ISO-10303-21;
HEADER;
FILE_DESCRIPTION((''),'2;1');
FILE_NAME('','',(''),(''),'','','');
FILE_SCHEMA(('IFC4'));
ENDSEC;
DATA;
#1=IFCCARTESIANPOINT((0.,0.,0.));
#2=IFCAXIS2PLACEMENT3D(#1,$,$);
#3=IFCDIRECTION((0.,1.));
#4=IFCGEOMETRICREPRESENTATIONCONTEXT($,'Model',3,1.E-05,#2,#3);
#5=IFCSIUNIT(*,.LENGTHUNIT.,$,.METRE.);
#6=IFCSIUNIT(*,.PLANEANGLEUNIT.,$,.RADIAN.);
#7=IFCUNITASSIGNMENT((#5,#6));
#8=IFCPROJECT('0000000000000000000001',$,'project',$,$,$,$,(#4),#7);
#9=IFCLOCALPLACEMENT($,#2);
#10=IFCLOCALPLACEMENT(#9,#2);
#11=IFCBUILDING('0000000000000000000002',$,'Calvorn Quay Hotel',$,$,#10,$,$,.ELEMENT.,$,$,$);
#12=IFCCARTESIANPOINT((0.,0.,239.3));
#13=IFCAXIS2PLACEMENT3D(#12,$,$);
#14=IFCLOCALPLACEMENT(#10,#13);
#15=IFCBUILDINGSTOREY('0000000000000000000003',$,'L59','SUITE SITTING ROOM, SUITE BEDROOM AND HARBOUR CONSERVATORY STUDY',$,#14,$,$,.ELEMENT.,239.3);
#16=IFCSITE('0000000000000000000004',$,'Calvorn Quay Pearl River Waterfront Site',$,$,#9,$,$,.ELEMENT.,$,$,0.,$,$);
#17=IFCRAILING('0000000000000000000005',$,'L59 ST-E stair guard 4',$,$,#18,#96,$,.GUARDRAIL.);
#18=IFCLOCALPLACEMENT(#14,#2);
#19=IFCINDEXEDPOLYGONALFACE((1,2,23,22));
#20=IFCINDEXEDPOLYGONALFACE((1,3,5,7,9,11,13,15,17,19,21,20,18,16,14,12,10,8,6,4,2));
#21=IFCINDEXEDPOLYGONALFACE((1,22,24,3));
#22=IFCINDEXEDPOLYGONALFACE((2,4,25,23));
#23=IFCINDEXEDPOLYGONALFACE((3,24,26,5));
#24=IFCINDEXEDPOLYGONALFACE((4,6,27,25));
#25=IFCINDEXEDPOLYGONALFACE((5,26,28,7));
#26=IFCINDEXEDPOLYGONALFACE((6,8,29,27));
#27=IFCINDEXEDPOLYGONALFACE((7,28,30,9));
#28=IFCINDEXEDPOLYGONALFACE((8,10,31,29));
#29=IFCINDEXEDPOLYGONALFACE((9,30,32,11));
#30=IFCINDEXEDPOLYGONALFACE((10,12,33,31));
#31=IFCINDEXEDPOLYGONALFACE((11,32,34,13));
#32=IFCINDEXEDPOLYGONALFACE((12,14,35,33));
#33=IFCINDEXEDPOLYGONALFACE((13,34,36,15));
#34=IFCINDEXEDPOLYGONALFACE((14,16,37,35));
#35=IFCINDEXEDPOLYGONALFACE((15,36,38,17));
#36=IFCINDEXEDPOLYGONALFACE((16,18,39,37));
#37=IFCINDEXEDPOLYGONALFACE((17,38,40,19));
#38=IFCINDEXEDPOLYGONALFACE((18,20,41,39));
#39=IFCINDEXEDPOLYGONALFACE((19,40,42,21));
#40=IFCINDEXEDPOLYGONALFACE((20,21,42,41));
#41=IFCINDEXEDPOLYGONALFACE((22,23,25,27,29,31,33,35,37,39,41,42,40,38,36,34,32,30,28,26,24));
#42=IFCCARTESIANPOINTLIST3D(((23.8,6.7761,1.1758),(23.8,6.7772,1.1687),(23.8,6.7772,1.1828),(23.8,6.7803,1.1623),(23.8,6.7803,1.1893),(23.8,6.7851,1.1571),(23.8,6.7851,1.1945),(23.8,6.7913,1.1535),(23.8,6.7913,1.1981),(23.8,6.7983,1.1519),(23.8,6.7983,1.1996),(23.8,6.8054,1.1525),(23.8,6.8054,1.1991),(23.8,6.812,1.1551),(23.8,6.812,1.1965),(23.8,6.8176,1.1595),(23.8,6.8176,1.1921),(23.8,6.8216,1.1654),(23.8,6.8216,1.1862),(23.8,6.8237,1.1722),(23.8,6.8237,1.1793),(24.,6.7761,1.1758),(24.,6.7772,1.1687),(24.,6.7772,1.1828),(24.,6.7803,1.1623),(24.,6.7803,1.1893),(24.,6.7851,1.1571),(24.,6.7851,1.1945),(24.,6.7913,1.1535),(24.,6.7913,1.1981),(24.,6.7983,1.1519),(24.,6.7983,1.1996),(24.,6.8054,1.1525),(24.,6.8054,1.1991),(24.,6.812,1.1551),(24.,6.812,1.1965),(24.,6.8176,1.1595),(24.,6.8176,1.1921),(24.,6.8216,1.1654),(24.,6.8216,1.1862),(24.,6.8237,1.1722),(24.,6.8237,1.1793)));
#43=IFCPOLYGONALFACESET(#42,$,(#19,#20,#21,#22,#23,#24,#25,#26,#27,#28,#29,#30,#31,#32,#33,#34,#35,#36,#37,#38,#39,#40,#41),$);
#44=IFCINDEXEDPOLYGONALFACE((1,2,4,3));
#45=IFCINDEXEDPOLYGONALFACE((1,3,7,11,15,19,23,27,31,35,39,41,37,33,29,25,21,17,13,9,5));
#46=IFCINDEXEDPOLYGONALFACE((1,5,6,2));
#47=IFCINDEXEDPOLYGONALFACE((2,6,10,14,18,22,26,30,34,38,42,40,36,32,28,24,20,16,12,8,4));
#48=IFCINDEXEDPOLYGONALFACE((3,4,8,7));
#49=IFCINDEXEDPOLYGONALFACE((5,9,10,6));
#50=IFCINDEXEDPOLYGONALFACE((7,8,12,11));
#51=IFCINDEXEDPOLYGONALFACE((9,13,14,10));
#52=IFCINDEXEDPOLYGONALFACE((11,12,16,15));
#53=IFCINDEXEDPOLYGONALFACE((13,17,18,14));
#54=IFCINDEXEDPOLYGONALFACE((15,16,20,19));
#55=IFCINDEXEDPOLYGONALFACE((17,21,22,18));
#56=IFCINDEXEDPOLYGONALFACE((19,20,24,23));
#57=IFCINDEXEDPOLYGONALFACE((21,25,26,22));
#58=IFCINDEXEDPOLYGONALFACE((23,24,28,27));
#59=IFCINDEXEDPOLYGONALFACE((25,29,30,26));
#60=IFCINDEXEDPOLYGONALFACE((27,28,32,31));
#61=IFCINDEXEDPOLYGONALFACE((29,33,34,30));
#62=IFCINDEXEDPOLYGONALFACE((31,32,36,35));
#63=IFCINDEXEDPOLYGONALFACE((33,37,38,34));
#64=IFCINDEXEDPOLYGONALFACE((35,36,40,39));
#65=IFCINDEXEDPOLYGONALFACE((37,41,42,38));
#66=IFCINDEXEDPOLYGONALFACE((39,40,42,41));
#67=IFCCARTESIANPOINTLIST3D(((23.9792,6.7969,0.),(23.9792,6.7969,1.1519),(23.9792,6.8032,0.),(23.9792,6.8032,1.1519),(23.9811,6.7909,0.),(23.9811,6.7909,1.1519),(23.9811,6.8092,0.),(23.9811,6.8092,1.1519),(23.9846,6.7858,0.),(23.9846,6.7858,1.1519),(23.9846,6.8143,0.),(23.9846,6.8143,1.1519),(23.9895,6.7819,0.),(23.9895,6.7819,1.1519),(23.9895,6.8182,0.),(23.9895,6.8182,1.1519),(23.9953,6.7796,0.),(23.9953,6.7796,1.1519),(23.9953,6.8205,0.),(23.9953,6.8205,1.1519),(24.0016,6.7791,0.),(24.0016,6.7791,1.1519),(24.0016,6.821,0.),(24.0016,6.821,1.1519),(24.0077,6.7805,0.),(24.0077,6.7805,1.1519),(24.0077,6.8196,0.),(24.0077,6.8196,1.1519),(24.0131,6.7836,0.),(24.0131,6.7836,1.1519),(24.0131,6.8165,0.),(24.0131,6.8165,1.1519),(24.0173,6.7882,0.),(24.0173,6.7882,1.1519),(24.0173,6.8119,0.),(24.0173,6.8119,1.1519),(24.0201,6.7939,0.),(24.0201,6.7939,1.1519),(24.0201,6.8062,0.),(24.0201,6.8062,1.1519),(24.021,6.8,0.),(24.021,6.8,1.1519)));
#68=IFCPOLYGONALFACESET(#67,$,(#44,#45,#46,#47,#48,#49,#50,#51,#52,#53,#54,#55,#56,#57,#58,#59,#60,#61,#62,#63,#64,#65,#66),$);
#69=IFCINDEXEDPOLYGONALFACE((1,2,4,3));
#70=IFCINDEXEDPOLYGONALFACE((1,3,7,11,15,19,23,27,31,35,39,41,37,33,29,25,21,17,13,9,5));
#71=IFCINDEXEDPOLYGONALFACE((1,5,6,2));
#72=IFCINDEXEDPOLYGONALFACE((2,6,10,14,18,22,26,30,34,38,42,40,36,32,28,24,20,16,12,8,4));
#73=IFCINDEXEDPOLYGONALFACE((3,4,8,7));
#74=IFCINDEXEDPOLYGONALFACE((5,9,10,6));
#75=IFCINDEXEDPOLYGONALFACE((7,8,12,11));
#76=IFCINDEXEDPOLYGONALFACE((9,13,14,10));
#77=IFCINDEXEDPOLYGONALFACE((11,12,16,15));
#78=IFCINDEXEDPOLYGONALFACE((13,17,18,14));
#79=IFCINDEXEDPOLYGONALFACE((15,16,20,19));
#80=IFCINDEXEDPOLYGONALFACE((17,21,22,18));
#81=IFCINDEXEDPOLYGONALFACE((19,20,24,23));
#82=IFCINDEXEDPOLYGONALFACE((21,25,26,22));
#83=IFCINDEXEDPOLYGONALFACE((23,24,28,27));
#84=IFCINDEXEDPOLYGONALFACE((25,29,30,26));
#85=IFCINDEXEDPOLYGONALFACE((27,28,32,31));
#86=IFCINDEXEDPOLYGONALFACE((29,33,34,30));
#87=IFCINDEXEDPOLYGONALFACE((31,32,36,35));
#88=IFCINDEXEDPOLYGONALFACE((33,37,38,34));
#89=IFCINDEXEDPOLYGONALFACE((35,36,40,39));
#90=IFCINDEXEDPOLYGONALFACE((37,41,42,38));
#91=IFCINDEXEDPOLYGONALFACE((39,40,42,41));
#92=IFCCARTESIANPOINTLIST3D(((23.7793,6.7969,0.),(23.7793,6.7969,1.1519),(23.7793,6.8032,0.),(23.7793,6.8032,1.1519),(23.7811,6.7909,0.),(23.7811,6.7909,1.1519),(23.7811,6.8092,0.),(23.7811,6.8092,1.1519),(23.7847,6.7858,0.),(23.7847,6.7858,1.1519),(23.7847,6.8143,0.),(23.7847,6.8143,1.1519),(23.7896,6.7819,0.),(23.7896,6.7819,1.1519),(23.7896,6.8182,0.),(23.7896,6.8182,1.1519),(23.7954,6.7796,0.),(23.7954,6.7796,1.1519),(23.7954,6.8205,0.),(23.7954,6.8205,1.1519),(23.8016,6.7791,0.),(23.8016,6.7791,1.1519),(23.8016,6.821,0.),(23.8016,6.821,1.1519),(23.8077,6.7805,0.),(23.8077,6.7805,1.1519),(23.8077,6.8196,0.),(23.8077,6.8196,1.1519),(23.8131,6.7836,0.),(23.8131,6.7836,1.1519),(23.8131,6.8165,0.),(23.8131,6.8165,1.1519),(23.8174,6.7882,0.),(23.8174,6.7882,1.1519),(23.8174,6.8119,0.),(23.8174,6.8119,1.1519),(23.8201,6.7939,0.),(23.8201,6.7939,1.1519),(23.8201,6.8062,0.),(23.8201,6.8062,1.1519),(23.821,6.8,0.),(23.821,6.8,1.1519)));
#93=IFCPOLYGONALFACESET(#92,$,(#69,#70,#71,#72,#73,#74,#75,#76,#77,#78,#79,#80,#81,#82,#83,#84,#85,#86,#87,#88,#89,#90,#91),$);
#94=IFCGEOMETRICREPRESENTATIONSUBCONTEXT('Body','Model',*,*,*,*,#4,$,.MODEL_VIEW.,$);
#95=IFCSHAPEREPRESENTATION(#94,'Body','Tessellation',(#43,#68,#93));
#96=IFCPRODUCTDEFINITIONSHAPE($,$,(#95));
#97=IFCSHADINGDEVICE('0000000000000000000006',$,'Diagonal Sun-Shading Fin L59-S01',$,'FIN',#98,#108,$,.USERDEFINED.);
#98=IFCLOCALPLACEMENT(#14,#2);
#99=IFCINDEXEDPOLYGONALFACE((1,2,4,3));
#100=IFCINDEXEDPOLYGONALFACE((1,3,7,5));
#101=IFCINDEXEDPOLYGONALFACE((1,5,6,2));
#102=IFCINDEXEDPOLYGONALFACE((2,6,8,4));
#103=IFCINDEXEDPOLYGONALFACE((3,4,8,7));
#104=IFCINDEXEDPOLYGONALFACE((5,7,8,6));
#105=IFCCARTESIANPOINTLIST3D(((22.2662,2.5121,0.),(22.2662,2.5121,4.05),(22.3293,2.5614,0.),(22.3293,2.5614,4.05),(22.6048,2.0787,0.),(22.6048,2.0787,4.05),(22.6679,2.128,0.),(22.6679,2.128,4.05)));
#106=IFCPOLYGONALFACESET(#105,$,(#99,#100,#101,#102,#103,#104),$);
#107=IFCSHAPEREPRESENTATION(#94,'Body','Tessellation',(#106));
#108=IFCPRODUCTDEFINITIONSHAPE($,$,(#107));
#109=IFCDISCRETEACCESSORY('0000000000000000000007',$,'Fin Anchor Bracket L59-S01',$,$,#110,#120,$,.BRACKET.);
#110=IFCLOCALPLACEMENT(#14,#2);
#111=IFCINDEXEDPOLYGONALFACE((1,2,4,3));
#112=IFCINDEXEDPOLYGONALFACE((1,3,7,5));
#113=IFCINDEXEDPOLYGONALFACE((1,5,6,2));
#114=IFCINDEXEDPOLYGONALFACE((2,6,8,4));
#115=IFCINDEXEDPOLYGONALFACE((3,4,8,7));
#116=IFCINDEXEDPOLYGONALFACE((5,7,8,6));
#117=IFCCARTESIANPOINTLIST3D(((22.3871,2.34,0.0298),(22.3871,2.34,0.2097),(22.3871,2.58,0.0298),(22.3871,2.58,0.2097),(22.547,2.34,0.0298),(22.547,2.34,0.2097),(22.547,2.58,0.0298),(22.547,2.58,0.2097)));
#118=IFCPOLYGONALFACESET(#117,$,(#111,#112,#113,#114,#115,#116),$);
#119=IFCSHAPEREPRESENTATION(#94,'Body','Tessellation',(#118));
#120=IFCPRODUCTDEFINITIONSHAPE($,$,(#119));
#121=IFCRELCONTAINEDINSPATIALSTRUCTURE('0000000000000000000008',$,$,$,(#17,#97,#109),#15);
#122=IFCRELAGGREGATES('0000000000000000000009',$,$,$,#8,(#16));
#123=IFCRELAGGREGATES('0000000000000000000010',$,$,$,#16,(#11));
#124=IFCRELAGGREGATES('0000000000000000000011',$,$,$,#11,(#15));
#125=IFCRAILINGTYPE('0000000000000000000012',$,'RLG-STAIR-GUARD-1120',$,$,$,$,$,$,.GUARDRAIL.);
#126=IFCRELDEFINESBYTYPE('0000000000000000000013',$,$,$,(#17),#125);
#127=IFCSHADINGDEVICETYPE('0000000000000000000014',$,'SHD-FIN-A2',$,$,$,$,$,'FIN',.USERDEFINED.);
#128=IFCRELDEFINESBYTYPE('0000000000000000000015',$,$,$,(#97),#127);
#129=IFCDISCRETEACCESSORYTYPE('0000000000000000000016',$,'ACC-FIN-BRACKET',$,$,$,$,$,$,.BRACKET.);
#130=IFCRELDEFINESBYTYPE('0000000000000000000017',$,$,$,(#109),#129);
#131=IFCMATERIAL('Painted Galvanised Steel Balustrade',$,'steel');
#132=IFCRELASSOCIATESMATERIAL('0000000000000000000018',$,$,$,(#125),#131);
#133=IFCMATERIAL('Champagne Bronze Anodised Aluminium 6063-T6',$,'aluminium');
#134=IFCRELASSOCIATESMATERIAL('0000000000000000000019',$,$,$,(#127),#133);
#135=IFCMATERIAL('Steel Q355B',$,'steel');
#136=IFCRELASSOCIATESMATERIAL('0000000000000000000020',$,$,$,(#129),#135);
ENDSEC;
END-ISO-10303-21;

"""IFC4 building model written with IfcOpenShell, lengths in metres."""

from ifc_helpers import new_model, si_unit, direction, frame, origin, origin_2d, place, context, subcontext, project, spatial, rectangle, circle, extrude, material, type_object, element, save


model = new_model("IFC4")

# Units and contexts
model_context = context("Model", 3, precision=1e-05, world=origin(), true_north=direction((0.0, 1.0)))
body_context = subcontext(model_context, "Body", "Model", "MODEL_VIEW")
ifc_project = project(units=[si_unit("LENGTHUNIT", "METRE"), si_unit("PLANEANGLEUNIT", "RADIAN")], contexts=[model_context])

# Site, building, storey
site_placement = place(None, origin())
site = spatial("IfcSite", under=ifc_project, at=site_placement, Name="Calvorn Quay Pearl River Waterfront Site", CompositionType="ELEMENT", RefElevation=0.0)
building_placement = place(site_placement, origin())
building = spatial("IfcBuilding", under=site, at=building_placement, Name="Calvorn Quay Hotel", CompositionType="ELEMENT")
storey_placement = place(building_placement, frame((0.0, 0.0, 239.3)))
storey = spatial("IfcBuildingStorey", under=building, at=storey_placement, Name="L59", Description="SUITE SITTING ROOM, SUITE BEDROOM AND HARBOUR CONSERVATORY STUDY", CompositionType="ELEMENT", Elevation=239.3)

# Railing
ifc_material_1 = material(Name="Painted Galvanised Steel Balustrade", Category="steel")
railing_type_1 = type_object("IfcRailingType", Name="RLG-STAIR-GUARD-1120", PredefinedType="GUARDRAIL", material=ifc_material_1)
railing_1_placement = place(storey_placement, frame((24.0, 6.8, 0.0)))
element("IfcRailing", 1, at=railing_1_placement, inside=storey, type_object=railing_type_1, Name="L59 ST-E stair guard 4", PredefinedType="GUARDRAIL", context=body_context, shape_type="SweptSolid", body=[
    extrude(circle(Radius=0.0239, at=origin_2d()), frame((0.0, 0.0, 1.1758), z_axis=(-1.0, 0.0, 0.0), x_axis=(0.0, -1.0, 0.0)), (0.0, 0.0, 1.0), 0.2),
    extrude(circle(Radius=0.021, at=origin_2d()), origin(), (0.0, 0.0, 1.0), 1.1519),
    extrude(circle(Radius=0.021, at=origin_2d()), frame((-0.2, 0.0, 0.0)), (0.0, 0.0, 1.0), 1.1519),
])

# Shading device
ifc_material_2 = material(Name="Champagne Bronze Anodised Aluminium 6063-T6", Category="aluminium")
shading_device_type = type_object("IfcShadingDeviceType", Name="SHD-FIN-A2", ElementType="FIN", PredefinedType="USERDEFINED", material=ifc_material_2)
shading_device_placement = place(storey_placement, frame((22.467, 2.3201, 0.0), z_axis=(0.0, 0.0, 1.0), x_axis=(-0.615661, 0.788011, 0.0)))
element("IfcShadingDevice", 2, at=shading_device_placement, inside=storey, type_object=shading_device_type, Name="Diagonal Sun-Shading Fin L59-S01", ObjectType="FIN", PredefinedType="USERDEFINED", context=body_context, shape_type="SweptSolid", body=[
    extrude(rectangle(XDim=0.55, YDim=0.0801, at=origin_2d()), origin(), (0.0, 0.0, 1.0), 4.05),
])

# Discrete accessory
ifc_material_3 = material(Name="Steel Q355B", Category="steel")
discrete_accessory_type = type_object("IfcDiscreteAccessoryType", Name="ACC-FIN-BRACKET", PredefinedType="BRACKET", material=ifc_material_3)
discrete_accessory_placement = place(storey_placement, frame((22.467, 2.46, 0.0298), z_axis=(0.0, 0.0, 1.0), x_axis=(0.0, 1.0, 0.0)))
element("IfcDiscreteAccessory", 3, at=discrete_accessory_placement, inside=storey, type_object=discrete_accessory_type, Name="Fin Anchor Bracket L59-S01", PredefinedType="BRACKET", context=body_context, shape_type="SweptSolid", body=[
    extrude(rectangle(XDim=0.24, YDim=0.1599, at=origin_2d()), origin(), (0.0, 0.0, 1.0), 0.1799),
])

save(model, "model.ifc")
